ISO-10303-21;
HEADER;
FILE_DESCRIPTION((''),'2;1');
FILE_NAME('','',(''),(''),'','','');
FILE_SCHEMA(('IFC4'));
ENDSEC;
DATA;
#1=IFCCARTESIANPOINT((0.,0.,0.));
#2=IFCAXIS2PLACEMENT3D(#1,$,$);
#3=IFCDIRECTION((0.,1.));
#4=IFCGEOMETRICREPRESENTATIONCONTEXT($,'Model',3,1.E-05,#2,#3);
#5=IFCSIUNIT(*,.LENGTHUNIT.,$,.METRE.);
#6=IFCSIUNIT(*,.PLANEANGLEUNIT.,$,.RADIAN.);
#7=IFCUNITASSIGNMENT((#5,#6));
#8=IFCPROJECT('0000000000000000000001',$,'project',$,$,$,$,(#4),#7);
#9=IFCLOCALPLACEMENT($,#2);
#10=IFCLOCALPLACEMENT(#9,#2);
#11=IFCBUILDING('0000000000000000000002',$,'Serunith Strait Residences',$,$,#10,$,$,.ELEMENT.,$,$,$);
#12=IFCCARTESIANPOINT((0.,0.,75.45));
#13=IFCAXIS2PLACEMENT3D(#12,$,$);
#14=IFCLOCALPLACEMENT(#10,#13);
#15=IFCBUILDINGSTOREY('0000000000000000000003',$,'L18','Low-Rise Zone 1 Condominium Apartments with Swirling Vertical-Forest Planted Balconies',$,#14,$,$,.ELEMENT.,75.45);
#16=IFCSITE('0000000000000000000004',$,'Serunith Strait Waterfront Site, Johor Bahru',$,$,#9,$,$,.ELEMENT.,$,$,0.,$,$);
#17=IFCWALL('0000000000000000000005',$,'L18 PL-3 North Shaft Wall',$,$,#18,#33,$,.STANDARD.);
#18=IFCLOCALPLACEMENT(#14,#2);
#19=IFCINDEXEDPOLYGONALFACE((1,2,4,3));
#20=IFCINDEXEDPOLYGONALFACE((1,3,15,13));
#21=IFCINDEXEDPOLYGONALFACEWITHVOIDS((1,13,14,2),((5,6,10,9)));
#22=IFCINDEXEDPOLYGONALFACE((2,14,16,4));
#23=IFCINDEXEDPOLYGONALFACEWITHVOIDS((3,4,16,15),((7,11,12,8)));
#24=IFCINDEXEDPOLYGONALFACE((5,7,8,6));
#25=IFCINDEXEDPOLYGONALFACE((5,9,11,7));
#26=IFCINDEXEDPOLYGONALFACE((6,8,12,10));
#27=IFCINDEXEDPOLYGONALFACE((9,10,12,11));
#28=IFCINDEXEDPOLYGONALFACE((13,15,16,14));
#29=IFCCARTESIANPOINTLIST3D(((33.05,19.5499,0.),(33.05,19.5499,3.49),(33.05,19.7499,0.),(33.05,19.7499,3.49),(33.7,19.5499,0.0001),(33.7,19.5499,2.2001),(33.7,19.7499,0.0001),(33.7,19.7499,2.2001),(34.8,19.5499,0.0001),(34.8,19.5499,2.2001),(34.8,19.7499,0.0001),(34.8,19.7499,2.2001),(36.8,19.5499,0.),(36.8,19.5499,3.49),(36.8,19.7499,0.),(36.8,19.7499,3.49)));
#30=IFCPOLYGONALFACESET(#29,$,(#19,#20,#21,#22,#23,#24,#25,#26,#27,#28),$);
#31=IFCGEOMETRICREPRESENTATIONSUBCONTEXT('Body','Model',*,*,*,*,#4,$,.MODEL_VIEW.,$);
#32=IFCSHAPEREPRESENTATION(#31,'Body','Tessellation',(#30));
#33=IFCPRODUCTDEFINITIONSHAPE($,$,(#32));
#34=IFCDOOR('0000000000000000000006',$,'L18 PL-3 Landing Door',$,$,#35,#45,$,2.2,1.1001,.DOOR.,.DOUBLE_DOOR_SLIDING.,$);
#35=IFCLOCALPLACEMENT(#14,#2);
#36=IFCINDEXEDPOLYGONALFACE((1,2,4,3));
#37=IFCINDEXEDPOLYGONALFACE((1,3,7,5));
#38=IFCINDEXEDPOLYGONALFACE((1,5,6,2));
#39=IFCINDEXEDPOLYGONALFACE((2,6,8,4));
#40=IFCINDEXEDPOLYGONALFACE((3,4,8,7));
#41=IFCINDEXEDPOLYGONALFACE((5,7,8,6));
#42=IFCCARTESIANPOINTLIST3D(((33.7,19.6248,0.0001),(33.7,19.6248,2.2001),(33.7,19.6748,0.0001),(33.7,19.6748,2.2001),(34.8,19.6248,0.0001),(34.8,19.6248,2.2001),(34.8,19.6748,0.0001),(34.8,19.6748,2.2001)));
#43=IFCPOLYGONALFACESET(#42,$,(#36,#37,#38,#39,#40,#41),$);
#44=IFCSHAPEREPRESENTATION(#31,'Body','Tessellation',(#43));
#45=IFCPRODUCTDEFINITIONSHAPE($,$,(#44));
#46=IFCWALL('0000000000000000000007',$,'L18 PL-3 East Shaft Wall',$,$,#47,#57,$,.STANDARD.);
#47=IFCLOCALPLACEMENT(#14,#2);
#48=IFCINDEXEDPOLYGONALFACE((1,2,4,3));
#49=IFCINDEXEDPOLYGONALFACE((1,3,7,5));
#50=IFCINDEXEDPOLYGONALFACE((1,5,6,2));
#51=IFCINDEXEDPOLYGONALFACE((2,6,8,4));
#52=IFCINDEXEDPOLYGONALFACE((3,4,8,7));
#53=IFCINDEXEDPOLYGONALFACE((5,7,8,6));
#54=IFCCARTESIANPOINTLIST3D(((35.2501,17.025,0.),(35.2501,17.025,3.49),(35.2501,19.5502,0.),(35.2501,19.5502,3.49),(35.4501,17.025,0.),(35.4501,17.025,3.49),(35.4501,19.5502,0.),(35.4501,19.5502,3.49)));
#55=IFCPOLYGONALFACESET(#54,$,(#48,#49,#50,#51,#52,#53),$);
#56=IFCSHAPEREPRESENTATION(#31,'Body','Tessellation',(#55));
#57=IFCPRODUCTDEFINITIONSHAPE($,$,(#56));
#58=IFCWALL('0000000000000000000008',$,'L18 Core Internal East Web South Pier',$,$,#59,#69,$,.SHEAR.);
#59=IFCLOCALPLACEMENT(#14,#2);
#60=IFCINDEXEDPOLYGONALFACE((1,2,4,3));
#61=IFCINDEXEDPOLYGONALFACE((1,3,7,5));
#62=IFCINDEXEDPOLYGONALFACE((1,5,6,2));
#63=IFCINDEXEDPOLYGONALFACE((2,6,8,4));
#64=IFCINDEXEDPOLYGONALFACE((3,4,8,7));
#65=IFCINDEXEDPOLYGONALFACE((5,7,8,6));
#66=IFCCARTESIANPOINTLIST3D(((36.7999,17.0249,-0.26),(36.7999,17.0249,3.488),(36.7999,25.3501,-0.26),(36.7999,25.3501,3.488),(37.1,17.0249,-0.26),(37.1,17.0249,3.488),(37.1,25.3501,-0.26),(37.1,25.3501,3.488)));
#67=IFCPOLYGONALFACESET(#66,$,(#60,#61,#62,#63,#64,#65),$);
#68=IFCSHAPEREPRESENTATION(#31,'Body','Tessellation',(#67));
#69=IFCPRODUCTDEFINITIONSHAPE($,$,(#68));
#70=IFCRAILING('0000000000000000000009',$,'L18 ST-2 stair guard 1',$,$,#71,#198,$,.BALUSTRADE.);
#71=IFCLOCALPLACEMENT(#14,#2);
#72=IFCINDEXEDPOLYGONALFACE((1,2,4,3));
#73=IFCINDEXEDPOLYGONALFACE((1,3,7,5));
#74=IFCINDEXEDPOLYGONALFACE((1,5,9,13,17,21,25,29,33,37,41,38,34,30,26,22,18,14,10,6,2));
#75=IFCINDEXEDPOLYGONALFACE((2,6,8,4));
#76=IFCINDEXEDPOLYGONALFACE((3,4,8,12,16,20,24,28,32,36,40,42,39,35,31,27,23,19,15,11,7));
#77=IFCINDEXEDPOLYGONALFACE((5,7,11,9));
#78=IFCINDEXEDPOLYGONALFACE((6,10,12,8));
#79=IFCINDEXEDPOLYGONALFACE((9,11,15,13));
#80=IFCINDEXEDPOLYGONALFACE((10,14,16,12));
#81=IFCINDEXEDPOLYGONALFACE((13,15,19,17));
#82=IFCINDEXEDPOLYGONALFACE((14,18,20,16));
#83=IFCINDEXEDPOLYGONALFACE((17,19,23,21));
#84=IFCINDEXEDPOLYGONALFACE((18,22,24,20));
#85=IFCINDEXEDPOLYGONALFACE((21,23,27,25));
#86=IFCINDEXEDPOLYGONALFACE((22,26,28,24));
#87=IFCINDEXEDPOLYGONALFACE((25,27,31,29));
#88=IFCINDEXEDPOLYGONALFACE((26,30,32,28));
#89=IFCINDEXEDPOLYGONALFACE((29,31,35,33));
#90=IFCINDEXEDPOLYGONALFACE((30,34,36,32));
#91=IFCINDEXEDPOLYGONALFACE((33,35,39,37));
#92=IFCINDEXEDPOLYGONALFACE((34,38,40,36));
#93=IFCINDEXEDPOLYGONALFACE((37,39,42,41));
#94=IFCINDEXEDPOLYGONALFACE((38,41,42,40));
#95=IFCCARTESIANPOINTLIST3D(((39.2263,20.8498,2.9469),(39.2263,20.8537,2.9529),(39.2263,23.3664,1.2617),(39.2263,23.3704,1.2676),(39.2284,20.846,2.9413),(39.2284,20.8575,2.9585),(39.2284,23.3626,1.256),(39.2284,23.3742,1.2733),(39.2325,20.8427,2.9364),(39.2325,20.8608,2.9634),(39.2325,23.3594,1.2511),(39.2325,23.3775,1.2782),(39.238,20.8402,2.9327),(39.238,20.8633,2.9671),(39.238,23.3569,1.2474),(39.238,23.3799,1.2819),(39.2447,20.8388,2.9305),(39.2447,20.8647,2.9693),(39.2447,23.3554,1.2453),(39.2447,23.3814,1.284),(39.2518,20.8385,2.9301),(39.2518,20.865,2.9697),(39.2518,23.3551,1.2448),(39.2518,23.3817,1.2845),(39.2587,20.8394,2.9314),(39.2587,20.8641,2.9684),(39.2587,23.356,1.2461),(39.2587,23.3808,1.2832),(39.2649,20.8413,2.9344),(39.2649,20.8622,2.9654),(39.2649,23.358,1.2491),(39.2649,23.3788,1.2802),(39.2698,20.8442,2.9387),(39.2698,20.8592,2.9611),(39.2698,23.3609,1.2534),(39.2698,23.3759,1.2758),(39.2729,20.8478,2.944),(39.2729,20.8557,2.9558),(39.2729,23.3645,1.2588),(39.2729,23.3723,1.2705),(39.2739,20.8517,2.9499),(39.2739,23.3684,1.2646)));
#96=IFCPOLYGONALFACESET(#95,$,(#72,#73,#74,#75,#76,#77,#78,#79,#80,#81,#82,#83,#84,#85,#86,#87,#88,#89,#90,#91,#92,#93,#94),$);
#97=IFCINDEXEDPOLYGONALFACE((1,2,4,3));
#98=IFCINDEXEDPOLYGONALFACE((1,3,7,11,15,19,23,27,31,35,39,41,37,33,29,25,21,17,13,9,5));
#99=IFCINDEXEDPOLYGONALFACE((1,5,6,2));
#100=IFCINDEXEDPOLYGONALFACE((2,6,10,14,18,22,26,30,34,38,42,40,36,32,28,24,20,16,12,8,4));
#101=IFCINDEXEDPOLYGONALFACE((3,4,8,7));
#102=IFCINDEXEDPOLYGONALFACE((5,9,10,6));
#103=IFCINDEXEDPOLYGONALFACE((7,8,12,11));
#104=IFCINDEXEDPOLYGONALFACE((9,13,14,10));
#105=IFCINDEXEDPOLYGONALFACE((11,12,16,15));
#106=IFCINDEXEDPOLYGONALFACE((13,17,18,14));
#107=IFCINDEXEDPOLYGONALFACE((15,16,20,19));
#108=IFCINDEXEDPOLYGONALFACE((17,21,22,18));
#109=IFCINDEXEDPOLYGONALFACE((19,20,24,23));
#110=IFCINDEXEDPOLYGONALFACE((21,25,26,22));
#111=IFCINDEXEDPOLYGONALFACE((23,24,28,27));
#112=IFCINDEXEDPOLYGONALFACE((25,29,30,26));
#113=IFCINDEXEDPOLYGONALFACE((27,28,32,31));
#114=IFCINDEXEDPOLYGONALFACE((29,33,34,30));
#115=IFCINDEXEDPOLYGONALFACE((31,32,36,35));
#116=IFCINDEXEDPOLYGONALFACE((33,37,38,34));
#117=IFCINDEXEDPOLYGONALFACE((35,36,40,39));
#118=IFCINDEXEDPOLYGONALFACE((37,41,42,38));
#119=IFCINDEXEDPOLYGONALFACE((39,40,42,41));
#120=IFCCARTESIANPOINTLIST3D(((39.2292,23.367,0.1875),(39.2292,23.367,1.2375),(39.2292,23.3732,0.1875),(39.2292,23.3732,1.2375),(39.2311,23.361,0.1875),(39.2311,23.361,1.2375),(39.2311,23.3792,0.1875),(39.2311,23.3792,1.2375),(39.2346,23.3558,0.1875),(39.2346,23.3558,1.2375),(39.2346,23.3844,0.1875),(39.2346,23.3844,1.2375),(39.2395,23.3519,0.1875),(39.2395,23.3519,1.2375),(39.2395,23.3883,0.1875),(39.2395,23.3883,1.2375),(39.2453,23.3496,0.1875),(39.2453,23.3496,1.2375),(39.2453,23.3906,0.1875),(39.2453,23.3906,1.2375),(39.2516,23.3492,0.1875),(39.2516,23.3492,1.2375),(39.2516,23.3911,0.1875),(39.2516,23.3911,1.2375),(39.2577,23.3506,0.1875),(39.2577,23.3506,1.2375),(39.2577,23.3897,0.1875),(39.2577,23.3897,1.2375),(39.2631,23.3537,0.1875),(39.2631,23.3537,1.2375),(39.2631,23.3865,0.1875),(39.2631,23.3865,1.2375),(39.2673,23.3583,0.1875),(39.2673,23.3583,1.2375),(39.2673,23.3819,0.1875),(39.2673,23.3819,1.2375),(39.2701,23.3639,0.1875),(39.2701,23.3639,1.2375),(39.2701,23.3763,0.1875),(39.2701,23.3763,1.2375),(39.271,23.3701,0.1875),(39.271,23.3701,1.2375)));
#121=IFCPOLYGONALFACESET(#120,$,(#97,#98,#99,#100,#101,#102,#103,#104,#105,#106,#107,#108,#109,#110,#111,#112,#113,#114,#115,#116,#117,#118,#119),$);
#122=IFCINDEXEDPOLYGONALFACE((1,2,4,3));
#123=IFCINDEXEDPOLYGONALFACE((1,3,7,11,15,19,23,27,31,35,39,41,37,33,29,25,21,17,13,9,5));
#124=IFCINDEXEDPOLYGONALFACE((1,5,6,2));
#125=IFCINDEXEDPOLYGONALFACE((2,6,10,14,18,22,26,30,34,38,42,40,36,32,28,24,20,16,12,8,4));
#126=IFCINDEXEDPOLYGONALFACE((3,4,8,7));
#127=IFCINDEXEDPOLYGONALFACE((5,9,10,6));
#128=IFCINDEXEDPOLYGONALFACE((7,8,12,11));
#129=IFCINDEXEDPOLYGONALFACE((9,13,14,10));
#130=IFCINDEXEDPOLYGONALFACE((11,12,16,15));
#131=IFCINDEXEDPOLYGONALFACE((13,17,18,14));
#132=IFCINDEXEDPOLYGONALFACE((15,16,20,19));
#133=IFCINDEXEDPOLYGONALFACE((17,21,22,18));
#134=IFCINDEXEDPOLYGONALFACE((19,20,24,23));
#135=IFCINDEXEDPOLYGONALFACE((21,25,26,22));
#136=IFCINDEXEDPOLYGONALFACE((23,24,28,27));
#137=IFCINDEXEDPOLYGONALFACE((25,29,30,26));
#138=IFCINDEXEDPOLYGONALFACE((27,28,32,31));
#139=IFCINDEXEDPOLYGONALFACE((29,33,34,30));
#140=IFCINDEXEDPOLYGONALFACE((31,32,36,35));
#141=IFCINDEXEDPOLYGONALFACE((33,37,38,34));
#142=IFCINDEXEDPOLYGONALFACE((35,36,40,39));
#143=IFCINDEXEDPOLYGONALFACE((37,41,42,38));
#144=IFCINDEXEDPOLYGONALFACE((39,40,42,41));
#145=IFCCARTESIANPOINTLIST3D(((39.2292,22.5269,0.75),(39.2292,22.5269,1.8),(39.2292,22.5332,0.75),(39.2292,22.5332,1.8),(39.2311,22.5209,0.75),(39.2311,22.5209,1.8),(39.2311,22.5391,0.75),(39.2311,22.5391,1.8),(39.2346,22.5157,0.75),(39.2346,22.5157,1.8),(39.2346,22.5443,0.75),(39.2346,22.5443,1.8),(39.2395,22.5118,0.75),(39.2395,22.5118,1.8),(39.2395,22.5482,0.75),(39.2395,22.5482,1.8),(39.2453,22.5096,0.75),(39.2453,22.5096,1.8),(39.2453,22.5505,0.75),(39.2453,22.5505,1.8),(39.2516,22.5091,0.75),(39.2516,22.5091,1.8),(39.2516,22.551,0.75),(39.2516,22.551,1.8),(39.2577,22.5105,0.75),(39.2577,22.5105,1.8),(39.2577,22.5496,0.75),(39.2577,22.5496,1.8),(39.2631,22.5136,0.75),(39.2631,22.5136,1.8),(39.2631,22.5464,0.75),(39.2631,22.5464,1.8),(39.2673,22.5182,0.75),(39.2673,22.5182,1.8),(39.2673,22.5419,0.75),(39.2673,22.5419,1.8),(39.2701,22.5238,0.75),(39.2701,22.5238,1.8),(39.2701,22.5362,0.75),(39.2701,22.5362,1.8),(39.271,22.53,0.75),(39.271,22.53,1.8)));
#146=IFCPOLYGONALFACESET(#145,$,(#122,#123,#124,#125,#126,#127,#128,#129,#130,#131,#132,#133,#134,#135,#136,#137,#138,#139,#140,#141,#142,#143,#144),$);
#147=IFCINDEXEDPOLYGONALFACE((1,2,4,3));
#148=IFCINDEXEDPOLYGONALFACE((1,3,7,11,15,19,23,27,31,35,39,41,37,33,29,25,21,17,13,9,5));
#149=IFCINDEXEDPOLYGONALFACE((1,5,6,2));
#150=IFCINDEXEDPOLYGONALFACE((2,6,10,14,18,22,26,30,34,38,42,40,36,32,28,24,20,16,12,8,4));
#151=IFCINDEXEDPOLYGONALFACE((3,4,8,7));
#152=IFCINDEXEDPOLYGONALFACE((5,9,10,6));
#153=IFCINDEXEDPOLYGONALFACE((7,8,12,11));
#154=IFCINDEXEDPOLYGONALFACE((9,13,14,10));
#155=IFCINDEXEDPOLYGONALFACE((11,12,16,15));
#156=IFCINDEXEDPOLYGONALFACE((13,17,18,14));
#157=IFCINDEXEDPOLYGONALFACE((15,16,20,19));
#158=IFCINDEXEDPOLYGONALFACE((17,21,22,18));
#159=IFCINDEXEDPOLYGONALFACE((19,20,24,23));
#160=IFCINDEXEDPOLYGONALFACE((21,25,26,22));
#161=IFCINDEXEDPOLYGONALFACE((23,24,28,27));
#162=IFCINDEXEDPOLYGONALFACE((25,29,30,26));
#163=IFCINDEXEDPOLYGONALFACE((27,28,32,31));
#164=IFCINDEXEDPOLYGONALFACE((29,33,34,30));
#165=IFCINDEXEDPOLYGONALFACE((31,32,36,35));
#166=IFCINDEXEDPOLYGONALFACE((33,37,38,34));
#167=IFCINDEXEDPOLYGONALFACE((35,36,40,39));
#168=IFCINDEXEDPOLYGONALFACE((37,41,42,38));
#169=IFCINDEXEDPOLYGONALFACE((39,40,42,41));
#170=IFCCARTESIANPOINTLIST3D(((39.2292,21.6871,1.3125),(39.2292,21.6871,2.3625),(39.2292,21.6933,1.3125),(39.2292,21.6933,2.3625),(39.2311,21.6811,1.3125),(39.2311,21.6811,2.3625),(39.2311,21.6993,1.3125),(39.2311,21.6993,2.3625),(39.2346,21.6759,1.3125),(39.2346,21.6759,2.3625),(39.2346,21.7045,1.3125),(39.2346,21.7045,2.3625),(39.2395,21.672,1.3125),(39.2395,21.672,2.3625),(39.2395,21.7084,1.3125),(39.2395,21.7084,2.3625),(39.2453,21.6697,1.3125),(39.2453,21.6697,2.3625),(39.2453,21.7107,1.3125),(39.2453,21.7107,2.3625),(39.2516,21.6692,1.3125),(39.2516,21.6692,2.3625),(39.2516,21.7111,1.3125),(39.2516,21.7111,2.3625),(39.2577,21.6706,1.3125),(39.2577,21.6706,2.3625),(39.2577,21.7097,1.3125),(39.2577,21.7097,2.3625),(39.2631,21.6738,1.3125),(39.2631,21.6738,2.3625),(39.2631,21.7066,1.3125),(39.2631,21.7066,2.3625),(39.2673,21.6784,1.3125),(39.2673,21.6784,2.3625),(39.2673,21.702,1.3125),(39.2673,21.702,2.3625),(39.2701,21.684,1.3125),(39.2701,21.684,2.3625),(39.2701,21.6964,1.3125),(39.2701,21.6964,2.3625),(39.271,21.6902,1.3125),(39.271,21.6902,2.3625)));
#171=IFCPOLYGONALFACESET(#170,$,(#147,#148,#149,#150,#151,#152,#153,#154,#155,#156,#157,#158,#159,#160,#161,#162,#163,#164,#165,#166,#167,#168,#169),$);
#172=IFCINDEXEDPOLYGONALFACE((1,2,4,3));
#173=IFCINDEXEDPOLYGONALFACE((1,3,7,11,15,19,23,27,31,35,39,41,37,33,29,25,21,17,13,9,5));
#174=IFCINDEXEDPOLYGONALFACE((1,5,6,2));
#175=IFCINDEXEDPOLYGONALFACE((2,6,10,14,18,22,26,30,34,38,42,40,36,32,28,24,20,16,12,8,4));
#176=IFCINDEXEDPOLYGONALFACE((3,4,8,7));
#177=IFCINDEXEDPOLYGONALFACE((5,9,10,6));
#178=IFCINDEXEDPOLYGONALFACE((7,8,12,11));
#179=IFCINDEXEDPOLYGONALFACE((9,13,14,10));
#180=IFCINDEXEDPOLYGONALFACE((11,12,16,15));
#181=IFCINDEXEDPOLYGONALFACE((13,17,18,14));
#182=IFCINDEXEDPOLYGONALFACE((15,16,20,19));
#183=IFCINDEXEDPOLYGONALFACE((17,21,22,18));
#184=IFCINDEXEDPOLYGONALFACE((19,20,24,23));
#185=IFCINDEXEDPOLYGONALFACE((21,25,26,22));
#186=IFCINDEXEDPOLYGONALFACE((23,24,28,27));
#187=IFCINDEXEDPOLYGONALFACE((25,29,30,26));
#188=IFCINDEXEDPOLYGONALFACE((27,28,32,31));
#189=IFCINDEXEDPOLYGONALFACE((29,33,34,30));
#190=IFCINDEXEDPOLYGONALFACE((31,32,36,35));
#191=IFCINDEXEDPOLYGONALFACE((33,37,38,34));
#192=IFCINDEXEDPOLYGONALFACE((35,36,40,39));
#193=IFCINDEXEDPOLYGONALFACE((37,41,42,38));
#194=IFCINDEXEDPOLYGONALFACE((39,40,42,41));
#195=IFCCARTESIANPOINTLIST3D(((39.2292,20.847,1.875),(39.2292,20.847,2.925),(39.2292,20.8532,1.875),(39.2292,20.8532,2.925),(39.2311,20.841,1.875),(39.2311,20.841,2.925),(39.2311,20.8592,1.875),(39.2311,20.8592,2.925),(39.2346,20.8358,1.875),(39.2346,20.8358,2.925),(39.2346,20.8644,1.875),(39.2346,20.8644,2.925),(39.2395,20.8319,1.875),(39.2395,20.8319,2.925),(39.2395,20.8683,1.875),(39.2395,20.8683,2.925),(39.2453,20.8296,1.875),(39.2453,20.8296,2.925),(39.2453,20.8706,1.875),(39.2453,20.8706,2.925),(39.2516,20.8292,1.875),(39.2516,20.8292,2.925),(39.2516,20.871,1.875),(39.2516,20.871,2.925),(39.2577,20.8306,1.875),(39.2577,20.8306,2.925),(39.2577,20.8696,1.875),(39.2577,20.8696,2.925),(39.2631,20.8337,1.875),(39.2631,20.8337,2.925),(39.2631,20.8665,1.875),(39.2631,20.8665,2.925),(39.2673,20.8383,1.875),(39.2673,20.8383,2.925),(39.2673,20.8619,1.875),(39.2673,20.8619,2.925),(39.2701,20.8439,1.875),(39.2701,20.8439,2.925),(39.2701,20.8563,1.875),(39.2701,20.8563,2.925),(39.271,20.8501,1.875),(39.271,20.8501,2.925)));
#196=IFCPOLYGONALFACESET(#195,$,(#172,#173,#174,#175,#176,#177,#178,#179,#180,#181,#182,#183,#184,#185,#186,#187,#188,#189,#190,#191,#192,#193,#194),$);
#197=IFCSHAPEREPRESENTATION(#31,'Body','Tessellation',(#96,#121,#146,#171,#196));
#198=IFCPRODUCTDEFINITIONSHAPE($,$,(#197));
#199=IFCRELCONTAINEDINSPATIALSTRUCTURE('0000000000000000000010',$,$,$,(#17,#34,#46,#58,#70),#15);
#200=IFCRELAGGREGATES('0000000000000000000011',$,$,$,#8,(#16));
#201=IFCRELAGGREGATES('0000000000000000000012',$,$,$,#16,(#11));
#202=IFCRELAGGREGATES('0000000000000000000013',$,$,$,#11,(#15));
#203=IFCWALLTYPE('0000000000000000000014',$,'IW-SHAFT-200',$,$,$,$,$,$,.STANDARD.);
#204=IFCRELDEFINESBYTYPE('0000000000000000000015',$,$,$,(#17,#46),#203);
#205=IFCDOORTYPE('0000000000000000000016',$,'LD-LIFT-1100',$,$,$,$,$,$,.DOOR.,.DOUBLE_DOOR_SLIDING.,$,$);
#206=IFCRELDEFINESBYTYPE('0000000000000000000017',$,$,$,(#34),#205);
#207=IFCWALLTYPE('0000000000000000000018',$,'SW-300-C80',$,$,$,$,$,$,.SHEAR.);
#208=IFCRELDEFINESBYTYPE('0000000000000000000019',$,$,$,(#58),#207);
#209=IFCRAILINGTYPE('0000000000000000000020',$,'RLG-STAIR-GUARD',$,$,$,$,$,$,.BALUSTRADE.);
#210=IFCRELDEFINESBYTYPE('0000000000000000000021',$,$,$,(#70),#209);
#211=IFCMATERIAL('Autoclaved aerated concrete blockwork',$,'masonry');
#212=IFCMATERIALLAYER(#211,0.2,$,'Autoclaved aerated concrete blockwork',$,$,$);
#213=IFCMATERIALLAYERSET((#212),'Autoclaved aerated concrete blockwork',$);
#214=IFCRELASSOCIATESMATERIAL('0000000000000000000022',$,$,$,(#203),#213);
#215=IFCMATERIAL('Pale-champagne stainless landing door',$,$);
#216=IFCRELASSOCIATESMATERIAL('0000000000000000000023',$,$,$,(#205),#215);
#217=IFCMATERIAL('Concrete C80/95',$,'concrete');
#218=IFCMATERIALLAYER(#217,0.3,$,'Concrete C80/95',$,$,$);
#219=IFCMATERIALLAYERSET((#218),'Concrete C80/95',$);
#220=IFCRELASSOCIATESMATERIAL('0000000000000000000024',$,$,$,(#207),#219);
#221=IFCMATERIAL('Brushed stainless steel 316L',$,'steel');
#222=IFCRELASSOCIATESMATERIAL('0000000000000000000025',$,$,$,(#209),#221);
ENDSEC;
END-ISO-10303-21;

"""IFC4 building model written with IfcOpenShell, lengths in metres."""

from ifc_helpers import new_model, si_unit, direction, frame, frame_2d, origin, origin_2d, place, context, subcontext, project, spatial, rectangle, circle, extrude, source, transform, mapped, material, layer, layer_set, type_object, element, fill, save


model = new_model("IFC4")

# Units and contexts
model_context = context("Model", 3, precision=1e-05, world=origin(), true_north=direction((0.0, 1.0)))
body_context = subcontext(model_context, "Body", "Model", "MODEL_VIEW")
ifc_project = project(units=[si_unit("LENGTHUNIT", "METRE"), si_unit("PLANEANGLEUNIT", "RADIAN")], contexts=[model_context])

# Site, building, storey
site_placement = place(None, origin())
site = spatial("IfcSite", under=ifc_project, at=site_placement, Name="Serunith Strait Waterfront Site, Johor Bahru", CompositionType="ELEMENT", RefElevation=0.0)
building_placement = place(site_placement, origin())
building = spatial("IfcBuilding", under=site, at=building_placement, Name="Serunith Strait Residences", CompositionType="ELEMENT")
storey_placement = place(building_placement, frame((0.0, 0.0, 75.45)))
storey = spatial("IfcBuildingStorey", under=building, at=storey_placement, Name="L18", Description="Low-Rise Zone 1 Condominium Apartments with Swirling Vertical-Forest Planted Balconies", CompositionType="ELEMENT", Elevation=75.45)

# Wall, opening, door
ifc_material_1 = material(Name="Autoclaved aerated concrete blockwork", Category="masonry")
ifc_layer_1 = layer(ifc_material_1, 0.2, Name="Autoclaved aerated concrete blockwork")
ifc_layer_set_1 = layer_set([ifc_layer_1], Name="Autoclaved aerated concrete blockwork")
wall_type_1 = type_object("IfcWallType", Name="IW-SHAFT-200", PredefinedType="STANDARD", material=ifc_layer_set_1)
wall_1_placement = place(storey_placement, frame((33.05, 19.6499, 0.0), z_axis=(0.0, 0.0, 1.0), x_axis=(1.0, 0.0, 0.0)))
wall_1 = element("IfcWall", 1, at=wall_1_placement, inside=storey, type_object=wall_type_1, Name="L18 PL-3 North Shaft Wall", PredefinedType="STANDARD", context=body_context, shape_type="SweptSolid", body=[
    extrude(rectangle(XDim=3.75, YDim=0.2, at=frame_2d((1.875, 0.0))), origin(), (0.0, 0.0, 1.0), 3.49),
])
opening_1_placement = place(wall_1_placement, frame((0.6499, 0.0, 0.0)))
opening_1 = element("IfcOpeningElement", 2, at=opening_1_placement, cuts=wall_1, PredefinedType="OPENING", context=body_context, shape_type="SweptSolid", body=[
    extrude(rectangle(XDim=1.1001, YDim=2.2, at=frame_2d((0.55, 1.1001))), frame((0.0, 0.1099, 0.0), z_axis=(0.0, -1.0, 0.0), x_axis=(1.0, 0.0, 0.0)), (0.0, 0.0, 1.0), 0.22),
])
ifc_material_2 = material(Name="Pale-champagne stainless landing door")
door_type_1 = type_object("IfcDoorType", Name="LD-LIFT-1100", OperationType="DOUBLE_DOOR_SLIDING", PredefinedType="DOOR", material=ifc_material_2)
shared_shape_1 = source(origin(), body_context, "Body", "SweptSolid", [
    extrude(rectangle(XDim=1.1001, YDim=2.2, at=frame_2d((0.55, 1.1001))), frame((0.0, 0.0249, 0.0), z_axis=(0.0, -1.0, 0.0), x_axis=(1.0, 0.0, 0.0)), (0.0, 0.0, 1.0), 0.05),
])
door_1_placement = place(opening_1_placement, origin())
door_1 = element("IfcDoor", 3, at=door_1_placement, inside=storey, type_object=door_type_1, Name="L18 PL-3 Landing Door", OperationType="DOUBLE_DOOR_SLIDING", OverallHeight=2.2, OverallWidth=1.1001, PredefinedType="DOOR", context=body_context, shape_type="MappedRepresentation", body=[
    mapped(shared_shape_1, transform((0.0, 0.0, 0.0), scale=1.0)),
])
fill(opening_1, door_1)

# Walls
wall_2_placement = place(storey_placement, frame((35.3501, 17.0249, 0.0), z_axis=(0.0, 0.0, 1.0), x_axis=(0.0, 1.0, 0.0)))
element("IfcWall", 4, at=wall_2_placement, inside=storey, type_object=wall_type_1, Name="L18 PL-3 East Shaft Wall", PredefinedType="STANDARD", context=body_context, shape_type="SweptSolid", body=[
    extrude(rectangle(XDim=2.5251, YDim=0.2, at=frame_2d((1.2627, 0.0))), origin(), (0.0, 0.0, 1.0), 3.49),
])
ifc_material_3 = material(Name="Concrete C80/95", Category="concrete")
ifc_layer_2 = layer(ifc_material_3, 0.3, Name="Concrete C80/95")
ifc_layer_set_2 = layer_set([ifc_layer_2], Name="Concrete C80/95")
wall_type_2 = type_object("IfcWallType", Name="SW-300-C80", PredefinedType="SHEAR", material=ifc_layer_set_2)
wall_3_placement = place(storey_placement, frame((36.95, 17.0249, -0.26), z_axis=(0.0, 0.0, 1.0), x_axis=(0.0, 1.0, 0.0)))
element("IfcWall", 5, at=wall_3_placement, inside=storey, type_object=wall_type_2, Name="L18 Core Internal East Web South Pier", PredefinedType="SHEAR", context=body_context, shape_type="SweptSolid", body=[
    extrude(rectangle(XDim=8.3252, YDim=0.3, at=frame_2d((4.1626, 0.0))), origin(), (0.0, 0.0, 1.0), 3.748),
])

# Railing
ifc_material_4 = material(Name="Brushed stainless steel 316L", Category="steel")
railing_type_1 = type_object("IfcRailingType", Name="RLG-STAIR-GUARD", PredefinedType="BALUSTRADE", material=ifc_material_4)
railing_1_placement = place(storey_placement, frame((39.25, 23.3701, 0.1875)))
element("IfcRailing", 6, at=railing_1_placement, inside=storey, type_object=railing_type_1, Name="L18 ST-2 stair guard 1", PredefinedType="BALUSTRADE", context=body_context, shape_type="SweptSolid", body=[
    extrude(circle(Radius=0.0239, at=origin_2d()), frame((0.0, -0.0017, 1.0771), z_axis=(0.0, -0.830909, 0.556408), x_axis=(1.0, 0.0, 0.0)), (0.0, 0.0, 1.0), 3.0288),
    extrude(circle(Radius=0.021, at=origin_2d()), origin(), (0.0, 0.0, 1.0), 1.05),
    extrude(circle(Radius=0.021, at=origin_2d()), frame((0.0, -0.8401, 0.5625)), (0.0, 0.0, 1.0), 1.05),
    extrude(circle(Radius=0.021, at=origin_2d()), frame((0.0, -1.6799, 1.125)), (0.0, 0.0, 1.0), 1.05),
    extrude(circle(Radius=0.021, at=origin_2d()), frame((0.0, -2.52, 1.6875)), (0.0, 0.0, 1.0), 1.05),
])

save(model, "model.ifc")
